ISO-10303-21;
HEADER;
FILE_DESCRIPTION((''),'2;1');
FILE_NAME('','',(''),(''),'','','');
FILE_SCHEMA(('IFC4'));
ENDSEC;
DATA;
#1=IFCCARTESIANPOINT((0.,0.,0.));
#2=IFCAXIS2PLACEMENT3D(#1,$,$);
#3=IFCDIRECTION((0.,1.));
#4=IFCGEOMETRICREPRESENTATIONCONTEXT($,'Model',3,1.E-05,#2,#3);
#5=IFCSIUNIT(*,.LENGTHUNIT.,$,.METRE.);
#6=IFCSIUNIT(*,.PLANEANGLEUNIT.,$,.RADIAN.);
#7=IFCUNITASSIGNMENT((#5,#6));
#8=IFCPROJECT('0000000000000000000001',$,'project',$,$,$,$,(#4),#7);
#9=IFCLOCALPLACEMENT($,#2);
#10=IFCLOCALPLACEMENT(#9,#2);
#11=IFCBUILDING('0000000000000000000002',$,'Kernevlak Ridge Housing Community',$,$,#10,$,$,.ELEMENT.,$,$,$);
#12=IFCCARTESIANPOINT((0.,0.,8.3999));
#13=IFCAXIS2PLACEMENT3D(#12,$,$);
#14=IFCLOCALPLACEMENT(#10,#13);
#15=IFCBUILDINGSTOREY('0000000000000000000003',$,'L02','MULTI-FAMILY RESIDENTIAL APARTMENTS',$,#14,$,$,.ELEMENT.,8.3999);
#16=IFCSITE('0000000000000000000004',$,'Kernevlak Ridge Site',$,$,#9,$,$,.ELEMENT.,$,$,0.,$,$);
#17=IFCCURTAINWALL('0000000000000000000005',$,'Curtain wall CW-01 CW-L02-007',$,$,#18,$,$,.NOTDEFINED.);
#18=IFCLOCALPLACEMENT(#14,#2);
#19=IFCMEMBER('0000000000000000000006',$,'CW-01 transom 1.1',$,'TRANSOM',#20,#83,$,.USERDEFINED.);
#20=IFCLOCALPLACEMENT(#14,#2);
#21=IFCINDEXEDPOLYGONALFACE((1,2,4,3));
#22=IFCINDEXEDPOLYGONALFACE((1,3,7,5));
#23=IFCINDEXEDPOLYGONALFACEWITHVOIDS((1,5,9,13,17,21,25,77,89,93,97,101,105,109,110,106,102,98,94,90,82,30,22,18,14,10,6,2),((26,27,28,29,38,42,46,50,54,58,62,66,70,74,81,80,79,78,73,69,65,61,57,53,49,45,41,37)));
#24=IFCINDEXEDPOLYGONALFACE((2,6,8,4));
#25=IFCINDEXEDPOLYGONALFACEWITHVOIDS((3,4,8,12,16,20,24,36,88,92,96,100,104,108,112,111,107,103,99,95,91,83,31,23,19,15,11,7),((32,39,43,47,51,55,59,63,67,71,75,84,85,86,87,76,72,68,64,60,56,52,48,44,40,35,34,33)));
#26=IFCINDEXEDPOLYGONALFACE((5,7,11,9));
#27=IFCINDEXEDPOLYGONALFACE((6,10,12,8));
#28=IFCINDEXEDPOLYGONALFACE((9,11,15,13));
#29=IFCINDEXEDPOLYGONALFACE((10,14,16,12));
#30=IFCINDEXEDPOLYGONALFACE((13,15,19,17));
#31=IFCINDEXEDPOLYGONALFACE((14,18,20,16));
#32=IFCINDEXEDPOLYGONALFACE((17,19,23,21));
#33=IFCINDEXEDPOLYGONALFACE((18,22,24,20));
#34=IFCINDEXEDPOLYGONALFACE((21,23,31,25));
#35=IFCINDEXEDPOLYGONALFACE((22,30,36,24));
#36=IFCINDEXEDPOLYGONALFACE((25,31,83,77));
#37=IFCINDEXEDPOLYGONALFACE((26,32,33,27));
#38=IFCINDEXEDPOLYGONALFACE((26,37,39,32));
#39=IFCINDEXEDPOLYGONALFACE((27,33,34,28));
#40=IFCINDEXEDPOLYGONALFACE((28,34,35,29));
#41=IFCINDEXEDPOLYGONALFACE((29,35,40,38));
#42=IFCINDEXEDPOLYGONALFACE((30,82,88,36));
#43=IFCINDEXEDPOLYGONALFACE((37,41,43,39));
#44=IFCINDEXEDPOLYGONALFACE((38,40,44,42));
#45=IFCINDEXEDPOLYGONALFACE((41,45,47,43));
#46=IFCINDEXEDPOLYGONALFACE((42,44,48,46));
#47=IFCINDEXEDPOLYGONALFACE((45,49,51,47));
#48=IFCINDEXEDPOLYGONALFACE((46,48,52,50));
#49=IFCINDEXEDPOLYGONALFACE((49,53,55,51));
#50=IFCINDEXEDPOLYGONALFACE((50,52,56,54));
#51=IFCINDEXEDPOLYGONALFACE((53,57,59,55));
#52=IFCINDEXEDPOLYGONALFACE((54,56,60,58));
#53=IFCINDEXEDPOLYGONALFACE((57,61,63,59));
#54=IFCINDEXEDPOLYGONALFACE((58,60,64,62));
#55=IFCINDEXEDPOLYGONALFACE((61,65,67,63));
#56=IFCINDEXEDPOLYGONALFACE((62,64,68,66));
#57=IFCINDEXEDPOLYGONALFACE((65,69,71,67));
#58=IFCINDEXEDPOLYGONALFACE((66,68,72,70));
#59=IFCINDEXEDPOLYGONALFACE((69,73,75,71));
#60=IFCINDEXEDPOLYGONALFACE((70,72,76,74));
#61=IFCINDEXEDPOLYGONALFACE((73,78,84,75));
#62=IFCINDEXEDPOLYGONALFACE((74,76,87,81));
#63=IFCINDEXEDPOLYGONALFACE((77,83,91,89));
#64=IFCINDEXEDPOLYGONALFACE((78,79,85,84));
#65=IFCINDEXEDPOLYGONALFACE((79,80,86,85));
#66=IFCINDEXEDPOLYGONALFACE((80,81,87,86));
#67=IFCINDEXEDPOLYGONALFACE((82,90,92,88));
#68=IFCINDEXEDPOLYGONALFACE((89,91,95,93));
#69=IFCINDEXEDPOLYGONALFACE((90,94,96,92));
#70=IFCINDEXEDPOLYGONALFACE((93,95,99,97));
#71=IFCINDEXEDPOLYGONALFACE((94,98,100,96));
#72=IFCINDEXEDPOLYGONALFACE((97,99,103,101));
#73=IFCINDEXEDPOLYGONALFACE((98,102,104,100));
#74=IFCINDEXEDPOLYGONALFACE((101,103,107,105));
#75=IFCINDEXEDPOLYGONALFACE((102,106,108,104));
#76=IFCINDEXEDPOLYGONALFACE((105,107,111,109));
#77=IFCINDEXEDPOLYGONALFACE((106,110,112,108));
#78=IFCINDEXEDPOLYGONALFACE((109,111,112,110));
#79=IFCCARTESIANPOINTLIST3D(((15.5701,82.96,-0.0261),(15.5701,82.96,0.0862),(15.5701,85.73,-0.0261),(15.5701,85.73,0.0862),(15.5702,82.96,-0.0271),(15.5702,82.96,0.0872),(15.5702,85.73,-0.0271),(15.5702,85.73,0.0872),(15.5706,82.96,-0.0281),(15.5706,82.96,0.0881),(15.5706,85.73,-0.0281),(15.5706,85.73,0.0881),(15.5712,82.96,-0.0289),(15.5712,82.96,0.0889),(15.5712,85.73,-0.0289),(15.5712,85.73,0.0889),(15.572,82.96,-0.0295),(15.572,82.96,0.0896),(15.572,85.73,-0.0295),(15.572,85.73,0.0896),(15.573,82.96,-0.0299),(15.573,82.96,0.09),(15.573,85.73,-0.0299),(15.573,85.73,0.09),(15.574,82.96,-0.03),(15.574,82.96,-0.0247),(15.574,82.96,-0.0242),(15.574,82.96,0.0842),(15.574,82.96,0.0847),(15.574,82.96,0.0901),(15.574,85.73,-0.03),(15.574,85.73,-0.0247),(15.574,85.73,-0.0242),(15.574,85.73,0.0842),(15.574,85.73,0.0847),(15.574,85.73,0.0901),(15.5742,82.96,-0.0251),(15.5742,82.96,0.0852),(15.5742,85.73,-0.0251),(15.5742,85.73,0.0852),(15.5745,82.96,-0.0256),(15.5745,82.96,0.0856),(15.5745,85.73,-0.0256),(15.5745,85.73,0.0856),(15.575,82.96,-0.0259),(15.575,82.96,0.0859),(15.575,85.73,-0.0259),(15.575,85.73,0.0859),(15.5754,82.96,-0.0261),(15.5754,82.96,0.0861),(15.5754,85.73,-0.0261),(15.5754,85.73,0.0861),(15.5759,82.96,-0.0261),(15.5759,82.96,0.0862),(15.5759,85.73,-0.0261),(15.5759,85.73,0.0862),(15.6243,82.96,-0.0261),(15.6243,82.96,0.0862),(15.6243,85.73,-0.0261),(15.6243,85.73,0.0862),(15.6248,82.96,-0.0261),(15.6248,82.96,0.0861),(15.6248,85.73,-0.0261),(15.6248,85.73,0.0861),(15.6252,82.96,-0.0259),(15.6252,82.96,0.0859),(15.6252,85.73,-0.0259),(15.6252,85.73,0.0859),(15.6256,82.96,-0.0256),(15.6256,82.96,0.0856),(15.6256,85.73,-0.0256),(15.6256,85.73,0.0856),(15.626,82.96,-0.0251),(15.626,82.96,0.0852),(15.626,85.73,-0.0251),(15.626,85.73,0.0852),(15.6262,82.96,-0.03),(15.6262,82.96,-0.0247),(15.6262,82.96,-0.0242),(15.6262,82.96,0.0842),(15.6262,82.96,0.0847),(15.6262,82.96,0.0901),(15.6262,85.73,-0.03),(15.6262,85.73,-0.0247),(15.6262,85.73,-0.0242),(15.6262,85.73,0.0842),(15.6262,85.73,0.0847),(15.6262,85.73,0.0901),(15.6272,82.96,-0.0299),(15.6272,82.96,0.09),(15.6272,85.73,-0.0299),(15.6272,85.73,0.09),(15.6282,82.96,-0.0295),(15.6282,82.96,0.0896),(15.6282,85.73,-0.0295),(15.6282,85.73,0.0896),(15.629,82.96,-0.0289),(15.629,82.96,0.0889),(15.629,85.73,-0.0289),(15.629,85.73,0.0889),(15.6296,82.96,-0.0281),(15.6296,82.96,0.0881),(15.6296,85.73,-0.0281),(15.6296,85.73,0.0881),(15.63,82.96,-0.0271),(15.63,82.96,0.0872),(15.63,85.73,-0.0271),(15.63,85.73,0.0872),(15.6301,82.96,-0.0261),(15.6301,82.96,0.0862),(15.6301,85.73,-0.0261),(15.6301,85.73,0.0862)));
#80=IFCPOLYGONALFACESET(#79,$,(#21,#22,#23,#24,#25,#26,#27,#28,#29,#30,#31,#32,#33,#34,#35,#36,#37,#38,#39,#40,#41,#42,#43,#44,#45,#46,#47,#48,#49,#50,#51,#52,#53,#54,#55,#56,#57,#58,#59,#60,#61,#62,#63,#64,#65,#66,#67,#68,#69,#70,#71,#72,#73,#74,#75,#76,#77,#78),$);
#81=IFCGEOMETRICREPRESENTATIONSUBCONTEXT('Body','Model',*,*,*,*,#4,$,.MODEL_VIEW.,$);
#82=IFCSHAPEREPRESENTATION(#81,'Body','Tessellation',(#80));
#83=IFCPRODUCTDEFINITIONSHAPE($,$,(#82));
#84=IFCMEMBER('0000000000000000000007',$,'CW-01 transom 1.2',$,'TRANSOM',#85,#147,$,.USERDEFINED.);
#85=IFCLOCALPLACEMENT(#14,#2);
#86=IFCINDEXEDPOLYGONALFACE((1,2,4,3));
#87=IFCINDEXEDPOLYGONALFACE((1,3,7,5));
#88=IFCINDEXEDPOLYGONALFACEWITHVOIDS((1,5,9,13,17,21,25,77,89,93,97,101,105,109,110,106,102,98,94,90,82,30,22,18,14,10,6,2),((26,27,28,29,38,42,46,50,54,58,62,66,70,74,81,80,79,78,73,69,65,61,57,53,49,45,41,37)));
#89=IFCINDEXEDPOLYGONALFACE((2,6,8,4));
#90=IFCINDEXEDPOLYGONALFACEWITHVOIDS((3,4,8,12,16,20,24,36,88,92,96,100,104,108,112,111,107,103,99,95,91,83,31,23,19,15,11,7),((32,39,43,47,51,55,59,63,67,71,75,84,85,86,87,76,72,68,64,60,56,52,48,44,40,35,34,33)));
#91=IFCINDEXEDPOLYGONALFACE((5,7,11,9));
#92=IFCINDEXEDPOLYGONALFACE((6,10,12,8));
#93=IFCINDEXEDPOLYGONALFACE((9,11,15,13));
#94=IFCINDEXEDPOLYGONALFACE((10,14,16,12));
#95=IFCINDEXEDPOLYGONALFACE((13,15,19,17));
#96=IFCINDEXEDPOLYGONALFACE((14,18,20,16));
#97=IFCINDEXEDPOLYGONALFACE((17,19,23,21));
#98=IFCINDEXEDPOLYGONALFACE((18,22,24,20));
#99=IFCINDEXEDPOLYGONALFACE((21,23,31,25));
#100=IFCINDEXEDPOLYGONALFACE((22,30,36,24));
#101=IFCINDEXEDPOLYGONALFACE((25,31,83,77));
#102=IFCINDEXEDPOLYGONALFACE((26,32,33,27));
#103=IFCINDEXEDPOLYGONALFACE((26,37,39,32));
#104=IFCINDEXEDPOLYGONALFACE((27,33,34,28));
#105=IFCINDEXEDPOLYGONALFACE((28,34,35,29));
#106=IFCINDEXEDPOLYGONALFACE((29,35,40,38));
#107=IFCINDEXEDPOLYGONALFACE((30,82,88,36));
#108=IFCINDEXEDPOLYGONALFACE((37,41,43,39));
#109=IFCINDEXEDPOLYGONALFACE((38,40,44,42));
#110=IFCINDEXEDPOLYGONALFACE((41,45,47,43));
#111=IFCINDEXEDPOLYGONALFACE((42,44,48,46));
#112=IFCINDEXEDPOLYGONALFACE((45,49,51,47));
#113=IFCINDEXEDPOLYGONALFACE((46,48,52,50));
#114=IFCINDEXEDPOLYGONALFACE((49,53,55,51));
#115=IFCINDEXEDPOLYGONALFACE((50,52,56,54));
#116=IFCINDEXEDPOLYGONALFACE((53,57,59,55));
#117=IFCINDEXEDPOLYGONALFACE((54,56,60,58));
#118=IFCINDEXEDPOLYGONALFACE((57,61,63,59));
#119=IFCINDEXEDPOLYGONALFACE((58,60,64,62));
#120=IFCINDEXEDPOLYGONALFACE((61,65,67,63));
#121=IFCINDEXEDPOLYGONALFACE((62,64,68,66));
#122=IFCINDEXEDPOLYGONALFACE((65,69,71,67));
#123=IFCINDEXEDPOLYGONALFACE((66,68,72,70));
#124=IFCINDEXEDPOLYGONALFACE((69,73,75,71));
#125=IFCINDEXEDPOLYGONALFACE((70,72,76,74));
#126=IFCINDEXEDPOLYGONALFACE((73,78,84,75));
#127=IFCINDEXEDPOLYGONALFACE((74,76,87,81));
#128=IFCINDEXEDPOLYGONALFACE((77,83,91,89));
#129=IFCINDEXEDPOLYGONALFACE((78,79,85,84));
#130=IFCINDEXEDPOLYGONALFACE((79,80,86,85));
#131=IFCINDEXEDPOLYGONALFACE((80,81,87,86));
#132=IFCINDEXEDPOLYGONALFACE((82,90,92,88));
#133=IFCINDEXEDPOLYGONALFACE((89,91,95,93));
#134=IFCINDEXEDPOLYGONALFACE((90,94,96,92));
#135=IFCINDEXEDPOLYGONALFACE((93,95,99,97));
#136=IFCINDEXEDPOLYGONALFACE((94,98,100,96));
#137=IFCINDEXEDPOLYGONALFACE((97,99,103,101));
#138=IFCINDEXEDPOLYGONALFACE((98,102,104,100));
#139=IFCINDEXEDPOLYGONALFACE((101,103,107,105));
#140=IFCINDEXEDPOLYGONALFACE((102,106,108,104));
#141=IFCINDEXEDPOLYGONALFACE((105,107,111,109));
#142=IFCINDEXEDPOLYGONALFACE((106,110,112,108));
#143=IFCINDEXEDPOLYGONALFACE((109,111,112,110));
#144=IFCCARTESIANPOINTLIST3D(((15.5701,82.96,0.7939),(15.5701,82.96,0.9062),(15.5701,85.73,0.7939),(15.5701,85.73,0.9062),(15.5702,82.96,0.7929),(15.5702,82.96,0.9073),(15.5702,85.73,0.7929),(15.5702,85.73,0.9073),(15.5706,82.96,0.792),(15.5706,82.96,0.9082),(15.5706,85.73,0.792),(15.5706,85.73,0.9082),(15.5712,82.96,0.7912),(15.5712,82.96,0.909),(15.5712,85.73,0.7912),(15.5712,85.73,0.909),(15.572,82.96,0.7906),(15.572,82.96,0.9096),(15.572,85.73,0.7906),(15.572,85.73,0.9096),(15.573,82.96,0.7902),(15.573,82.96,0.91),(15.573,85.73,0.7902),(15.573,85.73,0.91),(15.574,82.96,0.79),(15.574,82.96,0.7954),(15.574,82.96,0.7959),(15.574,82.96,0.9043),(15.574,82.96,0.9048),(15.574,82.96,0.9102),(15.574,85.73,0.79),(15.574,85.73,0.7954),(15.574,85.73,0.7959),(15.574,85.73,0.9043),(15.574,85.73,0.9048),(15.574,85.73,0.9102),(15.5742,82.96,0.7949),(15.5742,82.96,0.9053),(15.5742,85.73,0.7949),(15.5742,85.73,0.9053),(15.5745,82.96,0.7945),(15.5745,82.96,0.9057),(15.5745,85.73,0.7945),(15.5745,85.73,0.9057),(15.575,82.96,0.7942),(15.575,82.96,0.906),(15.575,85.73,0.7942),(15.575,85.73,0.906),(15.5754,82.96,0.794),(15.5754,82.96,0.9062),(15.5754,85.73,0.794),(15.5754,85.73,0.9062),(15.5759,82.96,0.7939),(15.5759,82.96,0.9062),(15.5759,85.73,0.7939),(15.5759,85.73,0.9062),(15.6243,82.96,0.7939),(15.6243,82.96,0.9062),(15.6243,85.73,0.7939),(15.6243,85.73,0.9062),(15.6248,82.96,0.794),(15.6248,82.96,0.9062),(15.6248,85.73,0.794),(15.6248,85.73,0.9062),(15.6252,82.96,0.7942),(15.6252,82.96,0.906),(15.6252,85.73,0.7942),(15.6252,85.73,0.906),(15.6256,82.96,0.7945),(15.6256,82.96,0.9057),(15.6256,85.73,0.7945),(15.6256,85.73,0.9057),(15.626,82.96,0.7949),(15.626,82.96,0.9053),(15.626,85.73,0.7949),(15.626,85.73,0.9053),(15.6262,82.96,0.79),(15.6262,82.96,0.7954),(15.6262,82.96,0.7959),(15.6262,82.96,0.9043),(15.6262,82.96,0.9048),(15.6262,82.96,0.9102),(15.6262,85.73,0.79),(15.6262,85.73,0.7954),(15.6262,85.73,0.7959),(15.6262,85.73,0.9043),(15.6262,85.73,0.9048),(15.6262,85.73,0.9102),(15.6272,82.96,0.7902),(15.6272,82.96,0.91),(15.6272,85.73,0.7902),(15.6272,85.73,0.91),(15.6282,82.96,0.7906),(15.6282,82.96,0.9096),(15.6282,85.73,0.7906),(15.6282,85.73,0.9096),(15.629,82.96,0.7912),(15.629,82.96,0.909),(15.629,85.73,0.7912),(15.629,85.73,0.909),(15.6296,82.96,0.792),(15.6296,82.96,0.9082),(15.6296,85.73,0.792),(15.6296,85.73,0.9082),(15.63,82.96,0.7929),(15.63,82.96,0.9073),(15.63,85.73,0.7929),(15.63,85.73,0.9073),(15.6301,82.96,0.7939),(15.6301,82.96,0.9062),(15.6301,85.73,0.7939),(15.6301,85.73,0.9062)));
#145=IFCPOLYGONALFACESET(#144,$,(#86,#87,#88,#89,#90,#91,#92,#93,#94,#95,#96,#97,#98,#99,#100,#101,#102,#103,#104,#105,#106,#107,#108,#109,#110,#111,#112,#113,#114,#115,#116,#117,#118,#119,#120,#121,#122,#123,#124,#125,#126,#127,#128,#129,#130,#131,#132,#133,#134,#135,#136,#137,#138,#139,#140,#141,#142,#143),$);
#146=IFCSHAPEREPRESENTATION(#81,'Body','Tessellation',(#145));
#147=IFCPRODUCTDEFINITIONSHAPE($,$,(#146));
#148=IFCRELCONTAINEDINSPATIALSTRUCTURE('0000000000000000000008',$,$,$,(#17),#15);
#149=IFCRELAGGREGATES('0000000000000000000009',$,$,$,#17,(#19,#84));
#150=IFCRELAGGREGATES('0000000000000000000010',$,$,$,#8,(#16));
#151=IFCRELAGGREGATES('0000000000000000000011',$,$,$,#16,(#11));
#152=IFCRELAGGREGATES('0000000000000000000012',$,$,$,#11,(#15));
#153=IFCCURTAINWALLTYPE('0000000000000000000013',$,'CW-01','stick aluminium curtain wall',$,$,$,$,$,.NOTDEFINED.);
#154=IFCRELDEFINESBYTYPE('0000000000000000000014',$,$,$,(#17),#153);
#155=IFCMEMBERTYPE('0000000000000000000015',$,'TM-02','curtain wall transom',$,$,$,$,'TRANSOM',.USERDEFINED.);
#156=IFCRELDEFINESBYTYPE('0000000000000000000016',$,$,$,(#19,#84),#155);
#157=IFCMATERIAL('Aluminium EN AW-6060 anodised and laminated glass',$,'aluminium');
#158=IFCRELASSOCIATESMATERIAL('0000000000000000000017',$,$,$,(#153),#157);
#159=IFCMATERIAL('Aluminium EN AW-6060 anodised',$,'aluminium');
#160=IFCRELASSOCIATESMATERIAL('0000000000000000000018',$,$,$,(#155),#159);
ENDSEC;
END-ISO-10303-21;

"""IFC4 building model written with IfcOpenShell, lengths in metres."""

from ifc_helpers import new_model, si_unit, direction, frame, origin, origin_2d, place, context, subcontext, project, spatial, hollow_rectangle, extrude, material, material_profile, profile_set, type_object, element, aggregate, save


model = new_model("IFC4")

# Units and contexts
model_context = context("Model", 3, precision=1e-05, world=origin(), true_north=direction((0.0, 1.0)))
body_context = subcontext(model_context, "Body", "Model", "MODEL_VIEW")
ifc_project = project(units=[si_unit("LENGTHUNIT", "METRE"), si_unit("PLANEANGLEUNIT", "RADIAN")], contexts=[model_context])

# Site, building, storey
site_placement = place(None, origin())
site = spatial("IfcSite", under=ifc_project, at=site_placement, Name="Kernevlak Ridge Site", CompositionType="ELEMENT", RefElevation=0.0)
building_placement = place(site_placement, origin())
building = spatial("IfcBuilding", under=site, at=building_placement, Name="Kernevlak Ridge Housing Community", CompositionType="ELEMENT")
storey_placement = place(building_placement, frame((0.0, 0.0, 8.3999)))
storey = spatial("IfcBuildingStorey", under=building, at=storey_placement, Name="L02", Description="MULTI-FAMILY RESIDENTIAL APARTMENTS", CompositionType="ELEMENT", Elevation=8.3999)

# Curtain wall
ifc_material_1 = material(Name="Aluminium EN AW-6060 anodised and laminated glass", Category="aluminium")
curtain_wall_type = type_object("IfcCurtainWallType", Name="CW-01", Description="stick aluminium curtain wall", PredefinedType="NOTDEFINED", material=ifc_material_1)
curtain_wall_placement = place(storey_placement, origin())
curtain_wall = element("IfcCurtainWall", 1, at=curtain_wall_placement, inside=storey, type_object=curtain_wall_type, Name="Curtain wall CW-01 CW-L02-007", PredefinedType="NOTDEFINED")
ifc_material_2 = material(Name="Aluminium EN AW-6060 anodised", Category="aluminium")

# Members
ifc_material_profile_1 = material_profile(ifc_material_2, hollow_rectangle(XDim=0.0601, YDim=0.1201, WallThickness=0.0039, InnerFilletRadius=0.002, OuterFilletRadius=0.0039, at=origin_2d()), Name="ALU 60x120x4")
ifc_profile_set_1 = profile_set([ifc_material_profile_1], Name="Aluminium EN AW-6060 anodised")
member_type_1 = type_object("IfcMemberType", Name="TM-02", Description="curtain wall transom", ElementType="TRANSOM", PredefinedType="USERDEFINED", material=ifc_profile_set_1)
member_1_placement = place(storey_placement, frame((15.6001, 82.96, 0.03), z_axis=(0.0, 1.0, 0.0), x_axis=(-1.0, 0.0, 0.0)))
member_1 = element("IfcMember", 2, at=member_1_placement, type_object=member_type_1, Name="CW-01 transom 1.1", ObjectType="TRANSOM", PredefinedType="USERDEFINED", context=body_context, shape_type="SweptSolid", body=[
    extrude(hollow_rectangle(XDim=0.0601, YDim=0.1201, WallThickness=0.0039, InnerFilletRadius=0.002, OuterFilletRadius=0.0039, at=origin_2d()), origin(), (0.0, 0.0, 1.0), 2.77),
])
member_2_placement = place(storey_placement, frame((15.6001, 82.96, 0.8501), z_axis=(0.0, 1.0, 0.0), x_axis=(-1.0, 0.0, 0.0)))
member_2 = element("IfcMember", 3, at=member_2_placement, type_object=member_type_1, Name="CW-01 transom 1.2", ObjectType="TRANSOM", PredefinedType="USERDEFINED", context=body_context, shape_type="SweptSolid", body=[
    extrude(hollow_rectangle(XDim=0.0601, YDim=0.1201, WallThickness=0.0039, InnerFilletRadius=0.002, OuterFilletRadius=0.0039, at=origin_2d()), origin(), (0.0, 0.0, 1.0), 2.77),
])

aggregate(curtain_wall, [member_1, member_2])

save(model, "model.ifc")
